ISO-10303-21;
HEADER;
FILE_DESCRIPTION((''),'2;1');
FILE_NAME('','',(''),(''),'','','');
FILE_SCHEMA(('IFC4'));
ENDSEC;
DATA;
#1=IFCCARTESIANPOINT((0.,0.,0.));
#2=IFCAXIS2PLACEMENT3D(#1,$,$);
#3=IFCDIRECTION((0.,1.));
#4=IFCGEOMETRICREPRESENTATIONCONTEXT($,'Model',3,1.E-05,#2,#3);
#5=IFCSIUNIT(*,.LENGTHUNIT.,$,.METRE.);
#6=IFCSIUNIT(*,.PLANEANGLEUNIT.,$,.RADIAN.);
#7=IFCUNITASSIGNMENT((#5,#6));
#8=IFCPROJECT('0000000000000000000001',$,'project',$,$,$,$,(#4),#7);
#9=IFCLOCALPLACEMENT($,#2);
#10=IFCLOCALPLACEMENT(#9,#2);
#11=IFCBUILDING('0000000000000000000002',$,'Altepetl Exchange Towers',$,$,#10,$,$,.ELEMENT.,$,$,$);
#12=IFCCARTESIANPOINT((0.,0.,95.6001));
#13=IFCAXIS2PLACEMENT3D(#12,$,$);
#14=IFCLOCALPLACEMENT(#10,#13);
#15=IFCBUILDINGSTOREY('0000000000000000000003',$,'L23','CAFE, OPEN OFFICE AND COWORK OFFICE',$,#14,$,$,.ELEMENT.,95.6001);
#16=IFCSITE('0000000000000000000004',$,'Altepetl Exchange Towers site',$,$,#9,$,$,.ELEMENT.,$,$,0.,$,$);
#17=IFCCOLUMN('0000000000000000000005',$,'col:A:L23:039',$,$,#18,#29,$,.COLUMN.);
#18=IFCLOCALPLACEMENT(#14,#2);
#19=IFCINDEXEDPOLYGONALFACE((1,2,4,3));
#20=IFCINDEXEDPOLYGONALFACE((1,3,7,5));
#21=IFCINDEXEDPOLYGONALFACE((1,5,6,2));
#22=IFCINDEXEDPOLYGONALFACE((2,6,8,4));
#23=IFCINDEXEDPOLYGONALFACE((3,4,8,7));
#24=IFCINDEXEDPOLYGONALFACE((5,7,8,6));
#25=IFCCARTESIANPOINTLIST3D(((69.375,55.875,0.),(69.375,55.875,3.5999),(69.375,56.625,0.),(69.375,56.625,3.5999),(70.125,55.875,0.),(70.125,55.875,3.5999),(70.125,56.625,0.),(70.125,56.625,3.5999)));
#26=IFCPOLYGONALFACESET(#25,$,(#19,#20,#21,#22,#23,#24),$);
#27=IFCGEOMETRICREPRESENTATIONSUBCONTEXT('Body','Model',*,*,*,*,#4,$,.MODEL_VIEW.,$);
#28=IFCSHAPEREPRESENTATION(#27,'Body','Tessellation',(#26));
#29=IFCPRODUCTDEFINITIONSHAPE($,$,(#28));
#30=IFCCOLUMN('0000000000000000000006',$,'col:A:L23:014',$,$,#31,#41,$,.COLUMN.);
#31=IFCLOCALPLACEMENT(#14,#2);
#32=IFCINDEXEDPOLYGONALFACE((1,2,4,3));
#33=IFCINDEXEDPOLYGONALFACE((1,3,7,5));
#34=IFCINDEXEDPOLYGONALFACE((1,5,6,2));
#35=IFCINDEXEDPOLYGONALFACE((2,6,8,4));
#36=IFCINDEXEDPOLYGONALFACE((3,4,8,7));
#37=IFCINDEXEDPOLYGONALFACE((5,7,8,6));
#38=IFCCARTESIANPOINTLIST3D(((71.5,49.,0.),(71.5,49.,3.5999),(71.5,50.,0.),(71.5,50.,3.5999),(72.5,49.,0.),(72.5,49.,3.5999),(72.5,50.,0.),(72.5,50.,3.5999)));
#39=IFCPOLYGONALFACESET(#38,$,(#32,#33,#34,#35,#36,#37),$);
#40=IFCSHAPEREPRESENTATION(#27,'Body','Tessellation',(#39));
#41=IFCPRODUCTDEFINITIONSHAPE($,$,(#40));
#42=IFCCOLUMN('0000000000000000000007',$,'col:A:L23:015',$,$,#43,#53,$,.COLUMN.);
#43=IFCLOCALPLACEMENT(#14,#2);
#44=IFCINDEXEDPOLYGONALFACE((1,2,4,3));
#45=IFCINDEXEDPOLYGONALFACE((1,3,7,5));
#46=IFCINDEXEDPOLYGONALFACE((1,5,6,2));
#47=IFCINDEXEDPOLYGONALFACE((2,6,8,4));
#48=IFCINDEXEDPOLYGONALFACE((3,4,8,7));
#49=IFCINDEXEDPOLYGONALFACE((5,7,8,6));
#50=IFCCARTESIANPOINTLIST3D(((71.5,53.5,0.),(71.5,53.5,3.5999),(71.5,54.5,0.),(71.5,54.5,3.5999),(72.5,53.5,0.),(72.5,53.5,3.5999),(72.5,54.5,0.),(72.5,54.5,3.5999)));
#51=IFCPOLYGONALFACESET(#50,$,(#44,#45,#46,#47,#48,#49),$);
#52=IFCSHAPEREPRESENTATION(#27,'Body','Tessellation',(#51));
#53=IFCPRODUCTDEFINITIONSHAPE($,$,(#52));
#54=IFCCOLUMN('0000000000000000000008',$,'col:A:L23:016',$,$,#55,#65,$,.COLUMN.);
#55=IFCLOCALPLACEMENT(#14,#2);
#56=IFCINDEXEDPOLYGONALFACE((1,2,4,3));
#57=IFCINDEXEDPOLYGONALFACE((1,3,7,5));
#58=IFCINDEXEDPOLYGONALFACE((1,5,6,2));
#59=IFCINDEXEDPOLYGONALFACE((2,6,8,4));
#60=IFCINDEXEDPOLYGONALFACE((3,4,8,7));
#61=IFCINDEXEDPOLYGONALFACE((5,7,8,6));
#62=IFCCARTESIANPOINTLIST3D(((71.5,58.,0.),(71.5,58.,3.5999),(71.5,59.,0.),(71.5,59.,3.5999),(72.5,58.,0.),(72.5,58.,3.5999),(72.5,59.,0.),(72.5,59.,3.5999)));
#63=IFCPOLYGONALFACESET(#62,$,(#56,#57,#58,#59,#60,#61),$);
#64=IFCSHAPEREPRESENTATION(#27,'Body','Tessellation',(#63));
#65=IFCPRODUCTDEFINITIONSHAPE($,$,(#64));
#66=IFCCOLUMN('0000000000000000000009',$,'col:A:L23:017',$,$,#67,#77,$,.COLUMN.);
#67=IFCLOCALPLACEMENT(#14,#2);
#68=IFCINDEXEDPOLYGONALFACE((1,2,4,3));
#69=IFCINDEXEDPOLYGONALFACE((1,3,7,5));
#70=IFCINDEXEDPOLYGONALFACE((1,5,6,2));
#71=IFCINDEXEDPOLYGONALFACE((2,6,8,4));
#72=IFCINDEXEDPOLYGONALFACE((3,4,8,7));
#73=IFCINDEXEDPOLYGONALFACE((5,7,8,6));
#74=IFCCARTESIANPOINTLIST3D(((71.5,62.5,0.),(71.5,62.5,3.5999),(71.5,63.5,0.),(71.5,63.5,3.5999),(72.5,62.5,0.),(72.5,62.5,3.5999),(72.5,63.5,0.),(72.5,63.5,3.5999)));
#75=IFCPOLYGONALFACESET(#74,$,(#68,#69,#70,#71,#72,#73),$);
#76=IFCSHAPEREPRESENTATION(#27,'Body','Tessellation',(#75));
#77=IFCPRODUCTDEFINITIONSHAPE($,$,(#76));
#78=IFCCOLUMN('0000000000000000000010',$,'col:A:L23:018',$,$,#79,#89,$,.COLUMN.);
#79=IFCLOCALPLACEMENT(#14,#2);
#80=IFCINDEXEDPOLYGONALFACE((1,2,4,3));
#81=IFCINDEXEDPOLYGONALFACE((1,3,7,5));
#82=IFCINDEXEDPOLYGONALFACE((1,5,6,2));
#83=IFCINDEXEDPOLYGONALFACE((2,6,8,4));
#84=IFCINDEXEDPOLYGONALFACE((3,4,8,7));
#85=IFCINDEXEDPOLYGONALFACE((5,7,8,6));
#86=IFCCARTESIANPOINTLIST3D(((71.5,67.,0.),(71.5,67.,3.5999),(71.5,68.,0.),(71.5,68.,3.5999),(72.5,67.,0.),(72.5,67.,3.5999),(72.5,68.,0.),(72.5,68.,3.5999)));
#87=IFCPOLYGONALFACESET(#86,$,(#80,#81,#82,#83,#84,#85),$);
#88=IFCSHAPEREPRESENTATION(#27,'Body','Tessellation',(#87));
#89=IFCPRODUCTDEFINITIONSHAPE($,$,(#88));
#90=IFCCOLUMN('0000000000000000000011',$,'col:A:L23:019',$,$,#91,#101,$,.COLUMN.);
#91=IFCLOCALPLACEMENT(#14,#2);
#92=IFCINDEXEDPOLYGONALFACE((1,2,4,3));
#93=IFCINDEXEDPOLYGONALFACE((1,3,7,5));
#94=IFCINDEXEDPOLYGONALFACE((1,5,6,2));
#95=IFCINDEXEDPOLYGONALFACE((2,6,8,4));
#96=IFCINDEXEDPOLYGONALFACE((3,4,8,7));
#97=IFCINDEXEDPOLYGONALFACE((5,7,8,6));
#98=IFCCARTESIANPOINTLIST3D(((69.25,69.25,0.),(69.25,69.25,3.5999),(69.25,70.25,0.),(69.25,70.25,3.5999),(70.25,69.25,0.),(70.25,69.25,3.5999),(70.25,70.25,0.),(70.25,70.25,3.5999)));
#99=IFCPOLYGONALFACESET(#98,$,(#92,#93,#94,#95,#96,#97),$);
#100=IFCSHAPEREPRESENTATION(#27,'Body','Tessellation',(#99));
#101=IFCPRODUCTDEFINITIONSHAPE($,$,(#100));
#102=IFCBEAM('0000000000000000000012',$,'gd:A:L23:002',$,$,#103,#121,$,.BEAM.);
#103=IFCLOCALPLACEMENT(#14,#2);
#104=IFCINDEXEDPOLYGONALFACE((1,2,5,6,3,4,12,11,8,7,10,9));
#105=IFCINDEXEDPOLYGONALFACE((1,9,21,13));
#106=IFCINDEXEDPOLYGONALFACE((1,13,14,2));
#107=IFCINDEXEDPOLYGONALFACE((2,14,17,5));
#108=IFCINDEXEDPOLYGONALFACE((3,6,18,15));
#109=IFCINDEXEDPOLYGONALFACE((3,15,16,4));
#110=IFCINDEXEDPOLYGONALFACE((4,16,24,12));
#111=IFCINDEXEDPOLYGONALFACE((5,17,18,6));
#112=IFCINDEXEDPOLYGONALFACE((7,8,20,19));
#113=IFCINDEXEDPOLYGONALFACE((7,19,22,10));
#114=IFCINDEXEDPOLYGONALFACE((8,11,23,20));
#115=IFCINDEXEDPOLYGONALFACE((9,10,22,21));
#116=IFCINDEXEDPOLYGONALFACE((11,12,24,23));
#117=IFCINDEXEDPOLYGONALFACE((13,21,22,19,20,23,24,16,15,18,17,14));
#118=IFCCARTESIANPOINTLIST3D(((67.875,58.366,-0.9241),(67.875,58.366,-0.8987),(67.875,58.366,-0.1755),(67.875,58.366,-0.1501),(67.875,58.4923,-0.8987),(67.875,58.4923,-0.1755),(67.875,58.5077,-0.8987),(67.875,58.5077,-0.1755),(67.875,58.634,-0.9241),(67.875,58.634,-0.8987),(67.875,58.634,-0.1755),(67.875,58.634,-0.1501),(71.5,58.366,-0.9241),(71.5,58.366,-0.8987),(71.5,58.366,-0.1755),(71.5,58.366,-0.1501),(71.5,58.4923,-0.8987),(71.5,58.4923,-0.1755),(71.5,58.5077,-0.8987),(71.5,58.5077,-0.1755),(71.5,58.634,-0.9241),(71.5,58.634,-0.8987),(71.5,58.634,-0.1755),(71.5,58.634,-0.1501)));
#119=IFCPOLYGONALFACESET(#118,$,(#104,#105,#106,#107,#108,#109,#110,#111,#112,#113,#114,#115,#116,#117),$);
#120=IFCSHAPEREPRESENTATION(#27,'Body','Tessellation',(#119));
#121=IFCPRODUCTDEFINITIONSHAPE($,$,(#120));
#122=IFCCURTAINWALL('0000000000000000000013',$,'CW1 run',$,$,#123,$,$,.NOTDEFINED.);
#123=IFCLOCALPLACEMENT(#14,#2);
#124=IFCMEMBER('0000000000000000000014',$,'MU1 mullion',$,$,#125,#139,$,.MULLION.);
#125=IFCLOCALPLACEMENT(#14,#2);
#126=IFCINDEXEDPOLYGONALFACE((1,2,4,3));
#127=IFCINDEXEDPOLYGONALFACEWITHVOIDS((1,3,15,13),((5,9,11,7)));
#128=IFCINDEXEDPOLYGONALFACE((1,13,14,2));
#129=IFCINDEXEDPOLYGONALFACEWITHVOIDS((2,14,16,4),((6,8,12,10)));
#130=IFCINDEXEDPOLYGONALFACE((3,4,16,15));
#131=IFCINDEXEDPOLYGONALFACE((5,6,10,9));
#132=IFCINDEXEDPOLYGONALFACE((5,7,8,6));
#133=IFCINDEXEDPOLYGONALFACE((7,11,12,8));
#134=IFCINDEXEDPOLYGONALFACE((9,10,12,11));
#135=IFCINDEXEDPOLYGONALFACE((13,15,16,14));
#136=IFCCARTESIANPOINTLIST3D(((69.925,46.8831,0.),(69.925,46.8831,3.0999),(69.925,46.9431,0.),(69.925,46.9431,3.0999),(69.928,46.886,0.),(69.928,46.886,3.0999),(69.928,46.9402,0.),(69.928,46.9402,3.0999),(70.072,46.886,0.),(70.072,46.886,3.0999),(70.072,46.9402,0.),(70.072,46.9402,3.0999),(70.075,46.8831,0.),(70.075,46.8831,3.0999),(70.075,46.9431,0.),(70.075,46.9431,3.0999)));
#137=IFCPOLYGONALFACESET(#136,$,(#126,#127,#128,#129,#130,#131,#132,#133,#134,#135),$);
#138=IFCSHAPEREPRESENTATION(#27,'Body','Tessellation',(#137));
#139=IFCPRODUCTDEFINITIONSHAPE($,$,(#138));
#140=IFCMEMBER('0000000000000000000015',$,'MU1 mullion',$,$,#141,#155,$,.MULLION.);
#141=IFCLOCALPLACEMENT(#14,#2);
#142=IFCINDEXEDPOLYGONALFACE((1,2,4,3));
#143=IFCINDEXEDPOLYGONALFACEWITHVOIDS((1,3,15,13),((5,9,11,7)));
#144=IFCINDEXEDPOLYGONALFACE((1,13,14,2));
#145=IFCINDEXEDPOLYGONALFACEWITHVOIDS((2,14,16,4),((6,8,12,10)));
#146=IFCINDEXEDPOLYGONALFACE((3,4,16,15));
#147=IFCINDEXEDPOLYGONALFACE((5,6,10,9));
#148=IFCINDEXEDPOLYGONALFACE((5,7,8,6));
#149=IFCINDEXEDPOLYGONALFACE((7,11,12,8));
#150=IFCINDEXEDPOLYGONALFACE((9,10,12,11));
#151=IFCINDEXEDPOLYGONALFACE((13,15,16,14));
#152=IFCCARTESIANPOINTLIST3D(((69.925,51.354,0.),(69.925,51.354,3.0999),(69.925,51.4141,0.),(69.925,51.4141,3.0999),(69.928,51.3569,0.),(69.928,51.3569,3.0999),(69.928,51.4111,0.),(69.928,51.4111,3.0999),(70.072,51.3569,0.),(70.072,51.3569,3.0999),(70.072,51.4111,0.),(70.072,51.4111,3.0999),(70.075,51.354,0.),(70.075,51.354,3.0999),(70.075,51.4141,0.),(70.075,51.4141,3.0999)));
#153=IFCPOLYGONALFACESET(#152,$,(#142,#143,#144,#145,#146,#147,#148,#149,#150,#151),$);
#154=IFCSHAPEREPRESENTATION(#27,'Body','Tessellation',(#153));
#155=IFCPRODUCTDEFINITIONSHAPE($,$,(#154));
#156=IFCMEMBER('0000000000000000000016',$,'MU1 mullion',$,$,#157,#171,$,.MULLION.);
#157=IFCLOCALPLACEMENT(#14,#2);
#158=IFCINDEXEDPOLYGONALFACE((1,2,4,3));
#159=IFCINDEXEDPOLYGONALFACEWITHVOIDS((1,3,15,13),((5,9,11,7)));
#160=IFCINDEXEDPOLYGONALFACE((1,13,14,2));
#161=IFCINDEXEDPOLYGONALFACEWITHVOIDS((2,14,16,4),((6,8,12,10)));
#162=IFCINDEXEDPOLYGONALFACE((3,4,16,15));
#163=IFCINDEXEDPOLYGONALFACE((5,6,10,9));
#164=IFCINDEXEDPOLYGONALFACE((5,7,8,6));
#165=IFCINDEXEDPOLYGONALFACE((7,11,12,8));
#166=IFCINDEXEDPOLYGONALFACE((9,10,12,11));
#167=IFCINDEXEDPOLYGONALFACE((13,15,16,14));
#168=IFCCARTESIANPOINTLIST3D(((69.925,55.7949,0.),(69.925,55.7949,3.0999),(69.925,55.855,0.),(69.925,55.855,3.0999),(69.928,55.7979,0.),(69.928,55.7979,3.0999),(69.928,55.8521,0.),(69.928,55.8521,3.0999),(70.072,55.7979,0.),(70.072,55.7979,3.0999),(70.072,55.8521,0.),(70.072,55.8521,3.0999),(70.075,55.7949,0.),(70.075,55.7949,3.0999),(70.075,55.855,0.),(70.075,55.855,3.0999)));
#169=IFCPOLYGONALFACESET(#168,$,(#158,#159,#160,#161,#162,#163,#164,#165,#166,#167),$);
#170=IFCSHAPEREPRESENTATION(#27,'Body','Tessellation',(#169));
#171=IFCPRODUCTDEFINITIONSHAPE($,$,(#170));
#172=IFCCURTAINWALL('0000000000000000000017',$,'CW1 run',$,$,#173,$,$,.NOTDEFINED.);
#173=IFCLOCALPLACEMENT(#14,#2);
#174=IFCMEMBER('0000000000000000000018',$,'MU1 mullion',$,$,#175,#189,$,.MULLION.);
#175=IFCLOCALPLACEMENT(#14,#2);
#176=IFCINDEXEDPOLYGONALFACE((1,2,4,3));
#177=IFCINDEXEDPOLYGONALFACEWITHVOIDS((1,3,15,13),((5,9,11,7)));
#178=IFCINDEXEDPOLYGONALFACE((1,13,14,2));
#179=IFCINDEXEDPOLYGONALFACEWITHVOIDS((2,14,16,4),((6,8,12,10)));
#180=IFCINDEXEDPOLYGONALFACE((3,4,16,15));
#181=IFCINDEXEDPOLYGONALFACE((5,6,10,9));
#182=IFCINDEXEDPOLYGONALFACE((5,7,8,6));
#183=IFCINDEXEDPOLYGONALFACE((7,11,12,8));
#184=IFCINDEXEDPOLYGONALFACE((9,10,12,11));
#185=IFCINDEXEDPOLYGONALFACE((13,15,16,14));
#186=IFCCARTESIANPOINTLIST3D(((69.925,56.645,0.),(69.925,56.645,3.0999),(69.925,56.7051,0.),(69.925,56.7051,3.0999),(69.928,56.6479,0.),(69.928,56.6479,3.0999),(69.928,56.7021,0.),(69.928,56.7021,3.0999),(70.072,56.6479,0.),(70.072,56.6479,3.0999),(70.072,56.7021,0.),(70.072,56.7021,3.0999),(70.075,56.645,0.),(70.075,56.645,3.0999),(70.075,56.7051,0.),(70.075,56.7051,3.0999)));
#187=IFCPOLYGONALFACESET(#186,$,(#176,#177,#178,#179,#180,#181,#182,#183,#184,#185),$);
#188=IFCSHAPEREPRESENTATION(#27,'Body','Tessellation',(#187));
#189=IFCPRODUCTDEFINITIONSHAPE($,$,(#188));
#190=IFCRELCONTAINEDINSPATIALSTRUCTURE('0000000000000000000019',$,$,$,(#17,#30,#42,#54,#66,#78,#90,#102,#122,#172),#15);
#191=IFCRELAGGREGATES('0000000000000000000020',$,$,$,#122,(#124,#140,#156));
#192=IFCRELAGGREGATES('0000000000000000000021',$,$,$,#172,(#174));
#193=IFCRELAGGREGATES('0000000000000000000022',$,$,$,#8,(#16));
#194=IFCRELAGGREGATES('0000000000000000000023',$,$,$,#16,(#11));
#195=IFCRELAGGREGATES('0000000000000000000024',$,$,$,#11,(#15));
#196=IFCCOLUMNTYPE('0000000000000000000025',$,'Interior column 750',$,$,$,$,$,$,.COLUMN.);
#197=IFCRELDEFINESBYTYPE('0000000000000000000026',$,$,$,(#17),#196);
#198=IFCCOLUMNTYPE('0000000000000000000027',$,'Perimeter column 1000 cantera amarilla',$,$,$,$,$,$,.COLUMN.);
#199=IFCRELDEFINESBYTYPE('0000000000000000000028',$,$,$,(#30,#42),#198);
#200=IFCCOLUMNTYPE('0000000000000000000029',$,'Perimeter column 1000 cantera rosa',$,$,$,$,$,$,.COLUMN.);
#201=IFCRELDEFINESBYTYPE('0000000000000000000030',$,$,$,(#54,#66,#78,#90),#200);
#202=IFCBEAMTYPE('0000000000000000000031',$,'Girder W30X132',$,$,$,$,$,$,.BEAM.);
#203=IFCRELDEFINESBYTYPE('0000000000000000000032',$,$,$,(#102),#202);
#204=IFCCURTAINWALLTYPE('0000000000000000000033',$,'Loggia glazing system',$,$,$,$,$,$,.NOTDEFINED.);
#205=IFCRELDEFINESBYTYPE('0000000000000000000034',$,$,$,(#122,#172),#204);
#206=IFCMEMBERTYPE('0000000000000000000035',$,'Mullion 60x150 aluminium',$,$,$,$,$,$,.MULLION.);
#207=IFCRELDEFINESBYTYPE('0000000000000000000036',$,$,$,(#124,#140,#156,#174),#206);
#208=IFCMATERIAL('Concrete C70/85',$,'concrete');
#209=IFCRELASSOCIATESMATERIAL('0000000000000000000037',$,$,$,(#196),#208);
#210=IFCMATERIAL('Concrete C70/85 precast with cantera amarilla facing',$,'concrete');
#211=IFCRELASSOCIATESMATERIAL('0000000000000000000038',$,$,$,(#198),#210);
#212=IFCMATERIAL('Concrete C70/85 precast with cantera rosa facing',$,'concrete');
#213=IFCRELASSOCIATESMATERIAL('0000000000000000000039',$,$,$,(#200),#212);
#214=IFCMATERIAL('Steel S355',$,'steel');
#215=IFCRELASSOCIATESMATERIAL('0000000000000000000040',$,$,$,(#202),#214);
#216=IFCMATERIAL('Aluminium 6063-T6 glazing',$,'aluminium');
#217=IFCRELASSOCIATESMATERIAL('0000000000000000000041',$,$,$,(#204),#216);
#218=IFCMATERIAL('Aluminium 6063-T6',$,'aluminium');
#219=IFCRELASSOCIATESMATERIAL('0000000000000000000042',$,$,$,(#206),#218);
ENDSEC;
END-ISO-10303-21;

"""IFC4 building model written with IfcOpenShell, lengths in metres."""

from ifc_helpers import new_model, si_unit, direction, frame, origin, origin_2d, place, context, subcontext, project, spatial, rectangle, hollow_rectangle, i_section, extrude, material, material_profile, profile_set, type_object, element, aggregate, save


model = new_model("IFC4")

# Units and contexts
model_context = context("Model", 3, precision=1e-05, world=origin(), true_north=direction((0.0, 1.0)))
body_context = subcontext(model_context, "Body", "Model", "MODEL_VIEW")
ifc_project = project(units=[si_unit("LENGTHUNIT", "METRE"), si_unit("PLANEANGLEUNIT", "RADIAN")], contexts=[model_context])

# Site, building, storey
site_placement = place(None, origin())
site = spatial("IfcSite", under=ifc_project, at=site_placement, Name="Altepetl Exchange Towers site", CompositionType="ELEMENT", RefElevation=0.0)
building_placement = place(site_placement, origin())
building = spatial("IfcBuilding", under=site, at=building_placement, Name="Altepetl Exchange Towers", CompositionType="ELEMENT")
storey_placement = place(building_placement, frame((0.0, 0.0, 95.6001)))
storey = spatial("IfcBuildingStorey", under=building, at=storey_placement, Name="L23", Description="CAFE, OPEN OFFICE AND COWORK OFFICE", CompositionType="ELEMENT", Elevation=95.6001)

# Columns
ifc_material_1 = material(Name="Concrete C70/85", Category="concrete")
ifc_material_profile_1 = material_profile(ifc_material_1, rectangle(XDim=0.75, YDim=0.75, at=origin_2d()), Name="750 x 750")
ifc_profile_set_1 = profile_set([ifc_material_profile_1], Name="Concrete C70/85")
column_type_1 = type_object("IfcColumnType", Name="Interior column 750", PredefinedType="COLUMN", material=ifc_profile_set_1)
column_placement = place(storey_placement, frame((69.75, 56.25, 0.0)))
element("IfcColumn", 1, at=column_placement, inside=storey, type_object=column_type_1, Name="col:A:L23:039", PredefinedType="COLUMN", context=body_context, shape_type="SweptSolid", body=[
    extrude(rectangle(XDim=0.75, YDim=0.75, at=origin_2d()), origin(), (0.0, 0.0, 1.0), 3.5999),
])
ifc_material_2 = material(Name="Concrete C70/85 precast with cantera amarilla facing", Category="concrete")
ifc_material_profile_2 = material_profile(ifc_material_2, rectangle(XDim=1.0, YDim=1.0, at=origin_2d()), Name="1000 x 1000")
ifc_profile_set_2 = profile_set([ifc_material_profile_2], Name="Concrete C70/85 precast with cantera amarilla facing")
column_type_2 = type_object("IfcColumnType", Name="Perimeter column 1000 cantera amarilla", PredefinedType="COLUMN", material=ifc_profile_set_2)
for number, where, name in (
    (2, (72.0, 49.5, 0.0), "col:A:L23:014"),
    (3, (72.0, 54.0, 0.0), "col:A:L23:015"),
):
    element("IfcColumn", number, at=place(storey_placement, frame(where)), inside=storey, type_object=column_type_2, Name=name, PredefinedType="COLUMN", context=body_context, shape_type="SweptSolid", body=[
        extrude(rectangle(XDim=1.0, YDim=1.0, at=origin_2d()), origin(), (0.0, 0.0, 1.0), 3.5999),
    ])
ifc_material_3 = material(Name="Concrete C70/85 precast with cantera rosa facing", Category="concrete")
ifc_material_profile_3 = material_profile(ifc_material_3, rectangle(XDim=1.0, YDim=1.0, at=origin_2d()), Name="1000 x 1000")
ifc_profile_set_3 = profile_set([ifc_material_profile_3], Name="Concrete C70/85 precast with cantera rosa facing")
column_type_3 = type_object("IfcColumnType", Name="Perimeter column 1000 cantera rosa", PredefinedType="COLUMN", material=ifc_profile_set_3)
for number, where, name in (
    (4, (72.0, 58.5, 0.0), "col:A:L23:016"),
    (5, (72.0, 63.0, 0.0), "col:A:L23:017"),
    (6, (72.0, 67.5, 0.0), "col:A:L23:018"),
    (7, (69.75, 69.75, 0.0), "col:A:L23:019"),
):
    element("IfcColumn", number, at=place(storey_placement, frame(where)), inside=storey, type_object=column_type_3, Name=name, PredefinedType="COLUMN", context=body_context, shape_type="SweptSolid", body=[
        extrude(rectangle(XDim=1.0, YDim=1.0, at=origin_2d()), origin(), (0.0, 0.0, 1.0), 3.5999),
    ])

# Beam
ifc_material_4 = material(Name="Steel S355", Category="steel")
ifc_material_profile_4 = material_profile(ifc_material_4, i_section(OverallWidth=0.2681, OverallDepth=0.7739, WebThickness=0.0154, FlangeThickness=0.0254, at=origin_2d()), Name="W30X132")
ifc_profile_set_4 = profile_set([ifc_material_profile_4], Name="Steel S355")
beam_type_1 = type_object("IfcBeamType", Name="Girder W30X132", PredefinedType="BEAM", material=ifc_profile_set_4)
beam_1_placement = place(storey_placement, frame((67.875, 58.5, -0.5371), z_axis=(1.0, 0.0, 0.0), x_axis=(0.0, 1.0, 0.0)))
element("IfcBeam", 8, at=beam_1_placement, inside=storey, type_object=beam_type_1, Name="gd:A:L23:002", PredefinedType="BEAM", context=body_context, shape_type="SweptSolid", body=[
    extrude(i_section(OverallWidth=0.2681, OverallDepth=0.7739, WebThickness=0.0154, FlangeThickness=0.0254, at=origin_2d()), origin(), (0.0, 0.0, 1.0), 3.625),
])

# Curtain walls, members
ifc_material_5 = material(Name="Aluminium 6063-T6 glazing", Category="aluminium")
curtain_wall_type = type_object("IfcCurtainWallType", Name="Loggia glazing system", PredefinedType="NOTDEFINED", material=ifc_material_5)
curtain_wall_1_placement = place(storey_placement, origin())
curtain_wall_1 = element("IfcCurtainWall", 9, at=curtain_wall_1_placement, inside=storey, type_object=curtain_wall_type, Name="CW1 run", PredefinedType="NOTDEFINED")
ifc_material_6 = material(Name="Aluminium 6063-T6", Category="aluminium")
ifc_material_profile_5 = material_profile(ifc_material_6, hollow_rectangle(XDim=0.0601, YDim=0.1499, WallThickness=0.0029, at=origin_2d()), Name="Mullion 60x150 aluminium")
ifc_profile_set_5 = profile_set([ifc_material_profile_5], Name="Aluminium 6063-T6")
member_type = type_object("IfcMemberType", Name="Mullion 60x150 aluminium", PredefinedType="MULLION", material=ifc_profile_set_5)
member_1_placement = place(storey_placement, frame((70.0, 46.9131, 0.0), z_axis=(0.0, 0.0, 1.0), x_axis=(0.0, 1.0, 0.0)))
member_1 = element("IfcMember", 10, at=member_1_placement, type_object=member_type, Name="MU1 mullion", PredefinedType="MULLION", context=body_context, shape_type="SweptSolid", body=[
    extrude(hollow_rectangle(XDim=0.0601, YDim=0.1499, WallThickness=0.0029, at=origin_2d()), origin(), (0.0, 0.0, 1.0), 3.0999),
])
member_2_placement = place(storey_placement, frame((70.0, 51.384, 0.0), z_axis=(0.0, 0.0, 1.0), x_axis=(0.0, 1.0, 0.0)))
member_2 = element("IfcMember", 11, at=member_2_placement, type_object=member_type, Name="MU1 mullion", PredefinedType="MULLION", context=body_context, shape_type="SweptSolid", body=[
    extrude(hollow_rectangle(XDim=0.0601, YDim=0.1499, WallThickness=0.0029, at=origin_2d()), origin(), (0.0, 0.0, 1.0), 3.0999),
])
member_3_placement = place(storey_placement, frame((70.0, 55.825, 0.0), z_axis=(0.0, 0.0, 1.0), x_axis=(0.0, 1.0, 0.0)))
member_3 = element("IfcMember", 12, at=member_3_placement, type_object=member_type, Name="MU1 mullion", PredefinedType="MULLION", context=body_context, shape_type="SweptSolid", body=[
    extrude(hollow_rectangle(XDim=0.0601, YDim=0.1499, WallThickness=0.0029, at=origin_2d()), origin(), (0.0, 0.0, 1.0), 3.0999),
])
curtain_wall_2_placement = place(storey_placement, origin())
curtain_wall_2 = element("IfcCurtainWall", 13, at=curtain_wall_2_placement, inside=storey, type_object=curtain_wall_type, Name="CW1 run", PredefinedType="NOTDEFINED")
member_4_placement = place(storey_placement, frame((70.0, 56.675, 0.0), z_axis=(0.0, 0.0, 1.0), x_axis=(0.0, 1.0, 0.0)))
member_4 = element("IfcMember", 14, at=member_4_placement, type_object=member_type, Name="MU1 mullion", PredefinedType="MULLION", context=body_context, shape_type="SweptSolid", body=[
    extrude(hollow_rectangle(XDim=0.0601, YDim=0.1499, WallThickness=0.0029, at=origin_2d()), origin(), (0.0, 0.0, 1.0), 3.0999),
])

aggregate(curtain_wall_1, [member_1, member_2, member_3])
aggregate(curtain_wall_2, [member_4])

save(model, "model.ifc")
